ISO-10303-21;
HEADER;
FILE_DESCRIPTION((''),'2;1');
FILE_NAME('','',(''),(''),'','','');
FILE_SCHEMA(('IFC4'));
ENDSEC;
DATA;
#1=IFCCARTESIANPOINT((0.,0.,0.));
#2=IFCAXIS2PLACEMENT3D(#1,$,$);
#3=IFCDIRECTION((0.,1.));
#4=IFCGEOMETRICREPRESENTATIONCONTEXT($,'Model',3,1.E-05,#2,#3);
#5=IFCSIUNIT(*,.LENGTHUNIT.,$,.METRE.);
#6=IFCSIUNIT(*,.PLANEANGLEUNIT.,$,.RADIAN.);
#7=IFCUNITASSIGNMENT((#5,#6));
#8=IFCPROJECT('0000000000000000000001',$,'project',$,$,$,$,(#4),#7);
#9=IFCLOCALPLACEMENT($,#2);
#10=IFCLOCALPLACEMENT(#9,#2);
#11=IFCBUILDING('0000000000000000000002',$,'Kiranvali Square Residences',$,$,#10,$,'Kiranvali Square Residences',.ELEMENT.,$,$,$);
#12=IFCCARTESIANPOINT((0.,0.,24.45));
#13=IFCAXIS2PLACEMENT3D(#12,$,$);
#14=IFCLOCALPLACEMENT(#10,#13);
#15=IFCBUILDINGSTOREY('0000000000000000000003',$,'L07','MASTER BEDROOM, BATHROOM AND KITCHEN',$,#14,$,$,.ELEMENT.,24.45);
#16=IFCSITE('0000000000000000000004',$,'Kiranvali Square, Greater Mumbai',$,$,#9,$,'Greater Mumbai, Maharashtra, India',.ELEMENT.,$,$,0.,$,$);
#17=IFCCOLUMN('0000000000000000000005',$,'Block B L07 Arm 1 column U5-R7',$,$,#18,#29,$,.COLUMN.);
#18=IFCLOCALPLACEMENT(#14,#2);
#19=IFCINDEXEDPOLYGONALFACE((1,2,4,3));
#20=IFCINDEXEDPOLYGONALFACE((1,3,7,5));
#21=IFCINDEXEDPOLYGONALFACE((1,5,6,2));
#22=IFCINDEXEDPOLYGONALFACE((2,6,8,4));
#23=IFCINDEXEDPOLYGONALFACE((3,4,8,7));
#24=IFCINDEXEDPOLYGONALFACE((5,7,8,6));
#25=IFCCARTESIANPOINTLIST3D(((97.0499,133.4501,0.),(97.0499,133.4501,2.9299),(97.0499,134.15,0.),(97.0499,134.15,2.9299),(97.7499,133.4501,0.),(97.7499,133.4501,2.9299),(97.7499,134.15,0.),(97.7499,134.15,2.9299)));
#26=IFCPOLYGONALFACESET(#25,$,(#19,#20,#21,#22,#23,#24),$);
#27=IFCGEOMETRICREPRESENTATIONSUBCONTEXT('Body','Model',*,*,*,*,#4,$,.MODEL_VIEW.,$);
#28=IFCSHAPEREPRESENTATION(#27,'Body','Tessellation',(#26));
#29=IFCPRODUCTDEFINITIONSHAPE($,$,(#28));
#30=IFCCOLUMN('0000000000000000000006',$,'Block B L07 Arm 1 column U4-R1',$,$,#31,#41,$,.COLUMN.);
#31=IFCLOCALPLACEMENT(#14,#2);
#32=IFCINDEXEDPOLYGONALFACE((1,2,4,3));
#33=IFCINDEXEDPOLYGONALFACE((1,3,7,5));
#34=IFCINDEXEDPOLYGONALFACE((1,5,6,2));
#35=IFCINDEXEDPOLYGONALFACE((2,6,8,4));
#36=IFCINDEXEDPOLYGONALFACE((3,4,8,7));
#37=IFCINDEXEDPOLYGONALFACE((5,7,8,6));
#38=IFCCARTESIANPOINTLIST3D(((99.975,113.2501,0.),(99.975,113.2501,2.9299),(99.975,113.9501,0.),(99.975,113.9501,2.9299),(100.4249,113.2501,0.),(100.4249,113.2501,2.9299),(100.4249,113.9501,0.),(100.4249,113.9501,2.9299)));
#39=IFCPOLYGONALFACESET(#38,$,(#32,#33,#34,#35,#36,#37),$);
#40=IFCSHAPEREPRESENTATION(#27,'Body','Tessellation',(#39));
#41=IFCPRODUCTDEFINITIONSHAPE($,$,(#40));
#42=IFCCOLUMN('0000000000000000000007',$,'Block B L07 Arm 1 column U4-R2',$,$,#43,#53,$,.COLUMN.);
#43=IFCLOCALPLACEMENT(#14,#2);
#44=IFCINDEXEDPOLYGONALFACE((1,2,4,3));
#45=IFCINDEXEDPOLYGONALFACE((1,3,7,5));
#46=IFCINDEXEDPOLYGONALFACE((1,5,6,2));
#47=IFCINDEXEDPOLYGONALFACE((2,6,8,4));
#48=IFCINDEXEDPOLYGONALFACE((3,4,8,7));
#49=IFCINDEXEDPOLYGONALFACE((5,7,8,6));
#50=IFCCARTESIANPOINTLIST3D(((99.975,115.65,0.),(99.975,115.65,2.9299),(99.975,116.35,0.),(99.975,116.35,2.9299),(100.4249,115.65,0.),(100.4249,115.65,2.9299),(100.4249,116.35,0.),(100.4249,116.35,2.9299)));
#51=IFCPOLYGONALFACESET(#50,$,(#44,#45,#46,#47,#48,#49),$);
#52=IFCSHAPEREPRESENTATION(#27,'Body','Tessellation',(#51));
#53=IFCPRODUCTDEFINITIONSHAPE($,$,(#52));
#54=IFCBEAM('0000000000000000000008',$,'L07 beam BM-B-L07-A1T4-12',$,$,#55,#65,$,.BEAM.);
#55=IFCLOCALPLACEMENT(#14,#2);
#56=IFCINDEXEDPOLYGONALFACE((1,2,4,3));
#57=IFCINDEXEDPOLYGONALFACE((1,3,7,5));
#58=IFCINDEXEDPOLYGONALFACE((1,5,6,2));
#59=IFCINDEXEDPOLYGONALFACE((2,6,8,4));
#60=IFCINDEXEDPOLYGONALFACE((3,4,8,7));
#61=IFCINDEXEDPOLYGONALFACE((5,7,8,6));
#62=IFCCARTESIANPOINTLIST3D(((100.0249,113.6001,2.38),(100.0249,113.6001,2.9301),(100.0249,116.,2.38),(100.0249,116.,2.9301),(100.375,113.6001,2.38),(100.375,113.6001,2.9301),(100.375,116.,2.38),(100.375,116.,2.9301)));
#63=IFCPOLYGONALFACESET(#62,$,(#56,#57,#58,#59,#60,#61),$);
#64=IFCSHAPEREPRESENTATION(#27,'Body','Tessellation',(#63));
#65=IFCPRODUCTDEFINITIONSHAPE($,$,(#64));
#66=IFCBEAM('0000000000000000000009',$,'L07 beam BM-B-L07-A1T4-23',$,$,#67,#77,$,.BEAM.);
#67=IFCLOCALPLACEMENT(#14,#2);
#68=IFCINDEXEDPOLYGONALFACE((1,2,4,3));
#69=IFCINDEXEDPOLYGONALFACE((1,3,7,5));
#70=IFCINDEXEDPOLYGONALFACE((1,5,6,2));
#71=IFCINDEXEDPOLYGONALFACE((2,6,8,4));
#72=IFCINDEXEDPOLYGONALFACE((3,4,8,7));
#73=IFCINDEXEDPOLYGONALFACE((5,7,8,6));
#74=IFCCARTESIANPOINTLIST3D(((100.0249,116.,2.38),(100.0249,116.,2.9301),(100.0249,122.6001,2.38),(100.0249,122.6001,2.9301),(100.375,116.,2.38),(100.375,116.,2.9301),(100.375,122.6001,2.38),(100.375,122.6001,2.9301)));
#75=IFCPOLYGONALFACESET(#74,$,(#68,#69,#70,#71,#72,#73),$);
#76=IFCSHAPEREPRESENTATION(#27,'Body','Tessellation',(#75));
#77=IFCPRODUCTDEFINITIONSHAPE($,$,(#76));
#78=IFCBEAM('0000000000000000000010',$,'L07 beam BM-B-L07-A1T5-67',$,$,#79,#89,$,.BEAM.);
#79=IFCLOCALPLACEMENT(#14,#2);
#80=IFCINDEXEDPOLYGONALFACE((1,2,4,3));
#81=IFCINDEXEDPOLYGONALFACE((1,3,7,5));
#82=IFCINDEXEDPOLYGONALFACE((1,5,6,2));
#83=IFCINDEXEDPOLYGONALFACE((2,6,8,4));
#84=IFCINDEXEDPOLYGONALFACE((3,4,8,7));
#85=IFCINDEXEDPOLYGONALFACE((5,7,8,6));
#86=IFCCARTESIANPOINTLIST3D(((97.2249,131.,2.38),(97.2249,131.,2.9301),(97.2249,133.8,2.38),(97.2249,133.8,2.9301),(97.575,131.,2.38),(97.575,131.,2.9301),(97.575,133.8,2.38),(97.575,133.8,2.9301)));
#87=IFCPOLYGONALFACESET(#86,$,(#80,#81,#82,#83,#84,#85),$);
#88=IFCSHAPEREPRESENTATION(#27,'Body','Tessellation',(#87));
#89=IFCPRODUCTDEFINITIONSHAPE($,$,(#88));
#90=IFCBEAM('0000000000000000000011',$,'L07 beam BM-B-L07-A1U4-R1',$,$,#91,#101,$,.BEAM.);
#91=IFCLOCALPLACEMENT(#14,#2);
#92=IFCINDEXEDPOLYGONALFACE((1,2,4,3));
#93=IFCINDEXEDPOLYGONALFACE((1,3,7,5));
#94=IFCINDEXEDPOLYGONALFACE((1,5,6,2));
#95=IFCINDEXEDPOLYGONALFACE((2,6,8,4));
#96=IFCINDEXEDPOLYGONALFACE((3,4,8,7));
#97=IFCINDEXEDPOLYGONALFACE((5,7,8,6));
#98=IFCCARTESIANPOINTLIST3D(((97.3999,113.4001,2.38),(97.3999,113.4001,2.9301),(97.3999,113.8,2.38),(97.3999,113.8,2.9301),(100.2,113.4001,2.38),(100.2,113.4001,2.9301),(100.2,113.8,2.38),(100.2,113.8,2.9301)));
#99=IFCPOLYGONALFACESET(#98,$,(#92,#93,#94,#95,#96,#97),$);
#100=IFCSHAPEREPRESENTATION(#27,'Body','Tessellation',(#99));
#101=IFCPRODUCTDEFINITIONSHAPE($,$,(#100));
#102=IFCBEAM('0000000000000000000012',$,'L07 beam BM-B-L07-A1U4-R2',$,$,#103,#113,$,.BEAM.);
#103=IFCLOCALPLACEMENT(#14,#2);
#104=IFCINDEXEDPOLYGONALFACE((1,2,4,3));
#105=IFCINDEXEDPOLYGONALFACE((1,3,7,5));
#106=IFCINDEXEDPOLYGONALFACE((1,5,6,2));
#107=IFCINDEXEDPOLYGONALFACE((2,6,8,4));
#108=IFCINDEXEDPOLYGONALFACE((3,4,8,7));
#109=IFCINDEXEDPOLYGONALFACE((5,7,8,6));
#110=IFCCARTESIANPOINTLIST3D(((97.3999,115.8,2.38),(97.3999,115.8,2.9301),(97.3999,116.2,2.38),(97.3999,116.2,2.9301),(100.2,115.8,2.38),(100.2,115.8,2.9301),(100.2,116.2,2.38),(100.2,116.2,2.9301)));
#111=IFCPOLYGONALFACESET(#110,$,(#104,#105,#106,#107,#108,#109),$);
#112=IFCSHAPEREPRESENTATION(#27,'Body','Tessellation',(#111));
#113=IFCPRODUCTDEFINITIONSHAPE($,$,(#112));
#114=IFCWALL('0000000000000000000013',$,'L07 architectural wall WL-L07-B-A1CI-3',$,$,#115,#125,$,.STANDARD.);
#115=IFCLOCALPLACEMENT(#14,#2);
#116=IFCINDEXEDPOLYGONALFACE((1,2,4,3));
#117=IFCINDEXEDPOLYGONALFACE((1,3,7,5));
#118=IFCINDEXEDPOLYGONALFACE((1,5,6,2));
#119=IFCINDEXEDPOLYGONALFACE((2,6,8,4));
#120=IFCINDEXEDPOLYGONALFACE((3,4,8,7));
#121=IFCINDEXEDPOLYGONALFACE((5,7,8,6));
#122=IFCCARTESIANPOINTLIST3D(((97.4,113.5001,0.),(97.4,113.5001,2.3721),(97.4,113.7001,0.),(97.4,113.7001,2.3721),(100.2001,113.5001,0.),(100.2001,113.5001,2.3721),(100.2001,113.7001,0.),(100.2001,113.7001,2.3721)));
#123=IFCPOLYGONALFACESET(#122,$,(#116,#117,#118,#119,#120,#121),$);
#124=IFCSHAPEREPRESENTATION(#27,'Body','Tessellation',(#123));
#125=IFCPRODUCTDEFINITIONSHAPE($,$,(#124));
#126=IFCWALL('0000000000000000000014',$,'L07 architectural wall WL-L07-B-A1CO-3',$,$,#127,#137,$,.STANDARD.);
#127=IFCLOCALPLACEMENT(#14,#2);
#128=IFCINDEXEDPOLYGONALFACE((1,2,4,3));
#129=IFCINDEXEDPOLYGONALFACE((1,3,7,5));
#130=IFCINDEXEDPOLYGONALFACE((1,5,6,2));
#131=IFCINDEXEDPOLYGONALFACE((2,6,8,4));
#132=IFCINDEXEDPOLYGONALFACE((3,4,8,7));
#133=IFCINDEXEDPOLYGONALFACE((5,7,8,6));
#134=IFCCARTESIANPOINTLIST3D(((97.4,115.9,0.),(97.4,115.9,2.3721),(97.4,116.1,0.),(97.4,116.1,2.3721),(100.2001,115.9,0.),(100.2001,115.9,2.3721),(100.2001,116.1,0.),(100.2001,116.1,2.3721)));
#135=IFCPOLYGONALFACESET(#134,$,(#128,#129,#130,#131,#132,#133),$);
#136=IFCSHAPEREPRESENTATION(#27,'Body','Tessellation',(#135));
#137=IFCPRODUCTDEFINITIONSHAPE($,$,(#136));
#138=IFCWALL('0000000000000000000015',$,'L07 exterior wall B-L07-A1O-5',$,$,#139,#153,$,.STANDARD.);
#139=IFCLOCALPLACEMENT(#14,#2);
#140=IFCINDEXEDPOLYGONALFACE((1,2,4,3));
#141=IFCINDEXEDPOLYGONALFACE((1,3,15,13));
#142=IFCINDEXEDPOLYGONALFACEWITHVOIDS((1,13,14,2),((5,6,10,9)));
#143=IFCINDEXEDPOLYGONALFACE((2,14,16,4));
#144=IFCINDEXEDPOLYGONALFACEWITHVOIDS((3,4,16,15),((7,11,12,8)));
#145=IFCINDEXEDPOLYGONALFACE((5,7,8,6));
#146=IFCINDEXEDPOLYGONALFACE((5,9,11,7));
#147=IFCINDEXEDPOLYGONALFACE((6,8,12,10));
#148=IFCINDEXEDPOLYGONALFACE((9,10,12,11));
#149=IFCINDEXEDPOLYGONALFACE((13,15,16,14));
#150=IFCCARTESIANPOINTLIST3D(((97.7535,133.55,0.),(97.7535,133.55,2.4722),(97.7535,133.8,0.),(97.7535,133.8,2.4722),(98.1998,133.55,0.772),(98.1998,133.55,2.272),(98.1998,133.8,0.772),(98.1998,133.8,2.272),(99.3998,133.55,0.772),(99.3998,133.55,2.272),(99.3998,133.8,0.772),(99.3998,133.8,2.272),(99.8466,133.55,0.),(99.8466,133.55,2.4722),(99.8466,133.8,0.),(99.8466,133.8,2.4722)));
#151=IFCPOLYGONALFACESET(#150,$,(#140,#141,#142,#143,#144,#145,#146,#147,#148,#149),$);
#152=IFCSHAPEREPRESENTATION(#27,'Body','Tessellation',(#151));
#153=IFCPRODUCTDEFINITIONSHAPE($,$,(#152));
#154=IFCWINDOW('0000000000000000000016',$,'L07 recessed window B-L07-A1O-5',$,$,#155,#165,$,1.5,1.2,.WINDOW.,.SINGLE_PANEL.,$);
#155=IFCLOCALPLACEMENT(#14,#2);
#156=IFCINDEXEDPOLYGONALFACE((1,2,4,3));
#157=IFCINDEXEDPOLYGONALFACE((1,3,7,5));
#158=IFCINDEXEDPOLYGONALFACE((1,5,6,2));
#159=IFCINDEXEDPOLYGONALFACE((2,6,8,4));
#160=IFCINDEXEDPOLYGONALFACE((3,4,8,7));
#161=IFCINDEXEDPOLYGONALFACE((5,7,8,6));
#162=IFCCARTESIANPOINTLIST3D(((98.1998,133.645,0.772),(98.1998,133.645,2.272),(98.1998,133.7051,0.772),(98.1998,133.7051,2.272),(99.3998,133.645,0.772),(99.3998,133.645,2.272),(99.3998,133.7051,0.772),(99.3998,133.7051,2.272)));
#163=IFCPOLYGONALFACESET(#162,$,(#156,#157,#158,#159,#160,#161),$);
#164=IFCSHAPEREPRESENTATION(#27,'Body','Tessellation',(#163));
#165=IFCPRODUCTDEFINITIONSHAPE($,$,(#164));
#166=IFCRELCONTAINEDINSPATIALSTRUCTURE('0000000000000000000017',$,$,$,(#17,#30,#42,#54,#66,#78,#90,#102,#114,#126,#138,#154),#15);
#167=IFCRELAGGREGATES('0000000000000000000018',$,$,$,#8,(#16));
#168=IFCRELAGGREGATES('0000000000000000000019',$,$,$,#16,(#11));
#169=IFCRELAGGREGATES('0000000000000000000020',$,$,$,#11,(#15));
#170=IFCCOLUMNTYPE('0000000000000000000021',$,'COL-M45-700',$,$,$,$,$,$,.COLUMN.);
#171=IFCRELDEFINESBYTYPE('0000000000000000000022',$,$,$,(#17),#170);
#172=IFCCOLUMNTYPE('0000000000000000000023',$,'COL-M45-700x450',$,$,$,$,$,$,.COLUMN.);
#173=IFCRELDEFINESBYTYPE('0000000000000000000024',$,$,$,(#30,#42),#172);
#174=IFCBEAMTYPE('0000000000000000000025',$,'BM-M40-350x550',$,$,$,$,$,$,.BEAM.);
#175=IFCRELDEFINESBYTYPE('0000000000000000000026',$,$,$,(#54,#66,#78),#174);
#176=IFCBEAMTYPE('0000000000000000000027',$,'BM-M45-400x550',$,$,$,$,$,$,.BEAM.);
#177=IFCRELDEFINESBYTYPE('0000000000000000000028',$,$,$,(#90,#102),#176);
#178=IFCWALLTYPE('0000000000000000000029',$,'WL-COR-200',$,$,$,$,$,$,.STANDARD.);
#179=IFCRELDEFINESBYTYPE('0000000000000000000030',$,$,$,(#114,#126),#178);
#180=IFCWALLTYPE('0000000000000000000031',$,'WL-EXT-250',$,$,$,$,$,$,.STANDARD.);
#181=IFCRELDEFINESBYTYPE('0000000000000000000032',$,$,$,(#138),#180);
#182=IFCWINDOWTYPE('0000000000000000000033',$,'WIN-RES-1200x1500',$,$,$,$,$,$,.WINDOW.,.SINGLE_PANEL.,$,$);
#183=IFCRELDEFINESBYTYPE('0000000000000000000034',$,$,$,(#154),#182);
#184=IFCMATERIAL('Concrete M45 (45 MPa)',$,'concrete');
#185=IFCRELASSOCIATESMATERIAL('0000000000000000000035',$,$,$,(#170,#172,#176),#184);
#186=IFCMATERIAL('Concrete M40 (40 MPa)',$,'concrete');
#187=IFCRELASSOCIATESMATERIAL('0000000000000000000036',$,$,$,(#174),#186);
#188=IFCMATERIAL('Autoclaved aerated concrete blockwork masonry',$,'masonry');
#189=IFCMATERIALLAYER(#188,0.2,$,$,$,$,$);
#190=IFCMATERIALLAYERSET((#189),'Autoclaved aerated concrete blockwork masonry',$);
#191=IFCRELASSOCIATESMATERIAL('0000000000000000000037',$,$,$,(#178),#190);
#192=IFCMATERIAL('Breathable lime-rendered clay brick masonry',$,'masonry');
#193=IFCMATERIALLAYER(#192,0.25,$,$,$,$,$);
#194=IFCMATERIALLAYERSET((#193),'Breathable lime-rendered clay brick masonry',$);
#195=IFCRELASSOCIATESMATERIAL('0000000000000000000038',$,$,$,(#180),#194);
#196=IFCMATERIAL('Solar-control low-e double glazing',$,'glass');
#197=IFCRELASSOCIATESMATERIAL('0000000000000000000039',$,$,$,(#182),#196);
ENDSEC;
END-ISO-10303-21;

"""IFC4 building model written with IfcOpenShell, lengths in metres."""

from ifc_helpers import new_model, si_unit, direction, frame, frame_2d, origin, origin_2d, place, context, subcontext, project, spatial, rectangle, extrude, material, layer, layer_set, material_profile, profile_set, type_object, element, fill, save


model = new_model("IFC4")

# Units and contexts
model_context = context("Model", 3, precision=1e-05, world=origin(), true_north=direction((0.0, 1.0)))
body_context = subcontext(model_context, "Body", "Model", "MODEL_VIEW")
ifc_project = project(units=[si_unit("LENGTHUNIT", "METRE"), si_unit("PLANEANGLEUNIT", "RADIAN")], contexts=[model_context])

# Site, building, storey
site_placement = place(None, origin())
site = spatial("IfcSite", under=ifc_project, at=site_placement, Name="Kiranvali Square, Greater Mumbai", LongName="Greater Mumbai, Maharashtra, India", CompositionType="ELEMENT", RefElevation=0.0)
building_placement = place(site_placement, origin())
building = spatial("IfcBuilding", under=site, at=building_placement, Name="Kiranvali Square Residences", LongName="Kiranvali Square Residences", CompositionType="ELEMENT")
storey_placement = place(building_placement, frame((0.0, 0.0, 24.45)))
storey = spatial("IfcBuildingStorey", under=building, at=storey_placement, Name="L07", Description="MASTER BEDROOM, BATHROOM AND KITCHEN", CompositionType="ELEMENT", Elevation=24.45)

# Columns
ifc_material_1 = material(Name="Concrete M45 (45 MPa)", Category="concrete")
ifc_material_profile_1 = material_profile(ifc_material_1, rectangle(XDim=0.7, YDim=0.7, at=origin_2d()), Name="RC 700x700")
ifc_profile_set_1 = profile_set([ifc_material_profile_1], Name="Concrete M45 (45 MPa)")
column_type_1 = type_object("IfcColumnType", Name="COL-M45-700", PredefinedType="COLUMN", material=ifc_profile_set_1)
column_placement = place(storey_placement, frame((97.3999, 133.8, 0.0), z_axis=(0.0, 0.0, 1.0), x_axis=(1.0, 0.0, 0.0)))
element("IfcColumn", 1, at=column_placement, inside=storey, type_object=column_type_1, Name="Block B L07 Arm 1 column U5-R7", PredefinedType="COLUMN", context=body_context, shape_type="SweptSolid", body=[
    extrude(rectangle(XDim=0.7, YDim=0.7, at=origin_2d()), origin(), (0.0, 0.0, 1.0), 2.9299),
])
ifc_material_profile_2 = material_profile(ifc_material_1, rectangle(XDim=0.45, YDim=0.7, at=origin_2d()), Name="RC 700x450")
ifc_profile_set_2 = profile_set([ifc_material_profile_2], Name="Concrete M45 (45 MPa)")
column_type_2 = type_object("IfcColumnType", Name="COL-M45-700x450", PredefinedType="COLUMN", material=ifc_profile_set_2)
for number, where, z_axis, x_axis, name in (
    (2, (100.2, 113.6001, 0.0), (0.0, 0.0, 1.0), (1.0, 0.0, 0.0), "Block B L07 Arm 1 column U4-R1"),
    (3, (100.2, 116.0, 0.0), (0.0, 0.0, 1.0), (1.0, 0.0, 0.0), "Block B L07 Arm 1 column U4-R2"),
):
    element("IfcColumn", number, at=place(storey_placement, frame(where, z_axis=z_axis, x_axis=x_axis)), inside=storey, type_object=column_type_2, Name=name, PredefinedType="COLUMN", context=body_context, shape_type="SweptSolid", body=[
        extrude(rectangle(XDim=0.45, YDim=0.7, at=origin_2d()), origin(), (0.0, 0.0, 1.0), 2.9299),
    ])

# Beams
ifc_material_2 = material(Name="Concrete M40 (40 MPa)", Category="concrete")
ifc_material_profile_3 = material_profile(ifc_material_2, rectangle(XDim=0.3501, YDim=0.55, at=origin_2d()), Name="RC 350x550")
ifc_profile_set_3 = profile_set([ifc_material_profile_3], Name="Concrete M40 (40 MPa)")
beam_type_1 = type_object("IfcBeamType", Name="BM-M40-350x550", PredefinedType="BEAM", material=ifc_profile_set_3)
beam_1_placement = place(storey_placement, frame((100.2, 113.6001, 2.655), z_axis=(0.0, 1.0, 0.0), x_axis=(-1.0, 0.0, 0.0)))
element("IfcBeam", 4, at=beam_1_placement, inside=storey, type_object=beam_type_1, Name="L07 beam BM-B-L07-A1T4-12", PredefinedType="BEAM", context=body_context, shape_type="SweptSolid", body=[
    extrude(rectangle(XDim=0.3501, YDim=0.55, at=origin_2d()), origin(), (0.0, 0.0, 1.0), 2.3999),
])
beam_2_placement = place(storey_placement, frame((100.2, 116.0, 2.655), z_axis=(0.0, 1.0, 0.0), x_axis=(-1.0, 0.0, 0.0)))
element("IfcBeam", 5, at=beam_2_placement, inside=storey, type_object=beam_type_1, Name="L07 beam BM-B-L07-A1T4-23", PredefinedType="BEAM", context=body_context, shape_type="SweptSolid", body=[
    extrude(rectangle(XDim=0.3501, YDim=0.55, at=origin_2d()), origin(), (0.0, 0.0, 1.0), 6.6001),
])
beam_3_placement = place(storey_placement, frame((97.3999, 131.0, 2.655), z_axis=(0.0, 1.0, 0.0), x_axis=(-1.0, 0.0, 0.0)))
element("IfcBeam", 6, at=beam_3_placement, inside=storey, type_object=beam_type_1, Name="L07 beam BM-B-L07-A1T5-67", PredefinedType="BEAM", context=body_context, shape_type="SweptSolid", body=[
    extrude(rectangle(XDim=0.3501, YDim=0.55, at=origin_2d()), origin(), (0.0, 0.0, 1.0), 2.8),
])
ifc_material_profile_4 = material_profile(ifc_material_1, rectangle(XDim=0.3999, YDim=0.55, at=origin_2d()), Name="RC 400x550")
ifc_profile_set_4 = profile_set([ifc_material_profile_4], Name="Concrete M45 (45 MPa)")
beam_type_2 = type_object("IfcBeamType", Name="BM-M45-400x550", PredefinedType="BEAM", material=ifc_profile_set_4)
for number, where, z_axis, x_axis, name in (
    (7, (100.2, 113.6001, 2.655), (-1.0, 0.0, 0.0), (0.0, -1.0, 0.0), "L07 beam BM-B-L07-A1U4-R1"),
    (8, (100.2, 116.0, 2.655), (-1.0, 0.0, 0.0), (0.0, -1.0, 0.0), "L07 beam BM-B-L07-A1U4-R2"),
):
    element("IfcBeam", number, at=place(storey_placement, frame(where, z_axis=z_axis, x_axis=x_axis)), inside=storey, type_object=beam_type_2, Name=name, PredefinedType="BEAM", context=body_context, shape_type="SweptSolid", body=[
        extrude(rectangle(XDim=0.3999, YDim=0.55, at=origin_2d()), origin(), (0.0, 0.0, 1.0), 2.8),
    ])

# Walls
ifc_material_3 = material(Name="Autoclaved aerated concrete blockwork masonry", Category="masonry")
ifc_layer_1 = layer(ifc_material_3, 0.2)
ifc_layer_set_1 = layer_set([ifc_layer_1], Name="Autoclaved aerated concrete blockwork masonry")
wall_type_1 = type_object("IfcWallType", Name="WL-COR-200", PredefinedType="STANDARD", material=ifc_layer_set_1)
for number, where, z_axis, x_axis, name in (
    (9, (100.2, 113.6001, 0.0), (0.0, 0.0, 1.0), (-1.0, 0.0, 0.0), "L07 architectural wall WL-L07-B-A1CI-3"),
    (10, (100.2, 116.0, 0.0), (0.0, 0.0, 1.0), (-1.0, 0.0, 0.0), "L07 architectural wall WL-L07-B-A1CO-3"),
):
    element("IfcWall", number, at=place(storey_placement, frame(where, z_axis=z_axis, x_axis=x_axis)), inside=storey, type_object=wall_type_1, Name=name, PredefinedType="STANDARD", context=body_context, shape_type="SweptSolid", body=[
        extrude(rectangle(XDim=2.8, YDim=0.2, at=frame_2d((1.3999, 0.0))), origin(), (0.0, 0.0, 1.0), 2.3721),
    ])

# Wall, opening, window
ifc_material_4 = material(Name="Breathable lime-rendered clay brick masonry", Category="masonry")
ifc_layer_2 = layer(ifc_material_4, 0.25)
ifc_layer_set_2 = layer_set([ifc_layer_2], Name="Breathable lime-rendered clay brick masonry")
wall_type_2 = type_object("IfcWallType", Name="WL-EXT-250", PredefinedType="STANDARD", material=ifc_layer_set_2)
wall_1_placement = place(storey_placement, frame((99.8464, 133.675, 0.0), z_axis=(0.0, 0.0, 1.0), x_axis=(-1.0, 0.0, 0.0)))
wall_1 = element("IfcWall", 11, at=wall_1_placement, inside=storey, type_object=wall_type_2, Name="L07 exterior wall B-L07-A1O-5", PredefinedType="STANDARD", context=body_context, shape_type="SweptSolid", body=[
    extrude(rectangle(XDim=2.093, YDim=0.25, at=frame_2d((1.0464, 0.0))), origin(), (0.0, 0.0, 1.0), 2.4722),
])
opening_1_placement = place(wall_1_placement, frame((0.4465, 0.0, 0.772)))
opening_1 = element("IfcOpeningElement", 12, at=opening_1_placement, cuts=wall_1, PredefinedType="OPENING", context=body_context, shape_type="SweptSolid", body=[
    extrude(rectangle(XDim=1.2, YDim=1.5, at=frame_2d((0.6001, 0.75))), frame((0.0, 0.135, 0.0), z_axis=(0.0, -1.0, 0.0), x_axis=(1.0, 0.0, 0.0)), (0.0, 0.0, 1.0), 0.27),
])
ifc_material_5 = material(Name="Solar-control low-e double glazing", Category="glass")
window_type_1 = type_object("IfcWindowType", Name="WIN-RES-1200x1500", PartitioningType="SINGLE_PANEL", PredefinedType="WINDOW", material=ifc_material_5)
window_1_placement = place(opening_1_placement, origin())
window_1 = element("IfcWindow", 13, at=window_1_placement, inside=storey, type_object=window_type_1, Name="L07 recessed window B-L07-A1O-5", OverallHeight=1.5, OverallWidth=1.2, PartitioningType="SINGLE_PANEL", PredefinedType="WINDOW", context=body_context, shape_type="SweptSolid", body=[
    extrude(rectangle(XDim=1.2, YDim=1.5, at=frame_2d((0.6001, 0.75))), frame((0.0, 0.03, 0.0), z_axis=(0.0, -1.0, 0.0), x_axis=(1.0, 0.0, 0.0)), (0.0, 0.0, 1.0), 0.0601),
])
fill(opening_1, window_1)

save(model, "model.ifc")
